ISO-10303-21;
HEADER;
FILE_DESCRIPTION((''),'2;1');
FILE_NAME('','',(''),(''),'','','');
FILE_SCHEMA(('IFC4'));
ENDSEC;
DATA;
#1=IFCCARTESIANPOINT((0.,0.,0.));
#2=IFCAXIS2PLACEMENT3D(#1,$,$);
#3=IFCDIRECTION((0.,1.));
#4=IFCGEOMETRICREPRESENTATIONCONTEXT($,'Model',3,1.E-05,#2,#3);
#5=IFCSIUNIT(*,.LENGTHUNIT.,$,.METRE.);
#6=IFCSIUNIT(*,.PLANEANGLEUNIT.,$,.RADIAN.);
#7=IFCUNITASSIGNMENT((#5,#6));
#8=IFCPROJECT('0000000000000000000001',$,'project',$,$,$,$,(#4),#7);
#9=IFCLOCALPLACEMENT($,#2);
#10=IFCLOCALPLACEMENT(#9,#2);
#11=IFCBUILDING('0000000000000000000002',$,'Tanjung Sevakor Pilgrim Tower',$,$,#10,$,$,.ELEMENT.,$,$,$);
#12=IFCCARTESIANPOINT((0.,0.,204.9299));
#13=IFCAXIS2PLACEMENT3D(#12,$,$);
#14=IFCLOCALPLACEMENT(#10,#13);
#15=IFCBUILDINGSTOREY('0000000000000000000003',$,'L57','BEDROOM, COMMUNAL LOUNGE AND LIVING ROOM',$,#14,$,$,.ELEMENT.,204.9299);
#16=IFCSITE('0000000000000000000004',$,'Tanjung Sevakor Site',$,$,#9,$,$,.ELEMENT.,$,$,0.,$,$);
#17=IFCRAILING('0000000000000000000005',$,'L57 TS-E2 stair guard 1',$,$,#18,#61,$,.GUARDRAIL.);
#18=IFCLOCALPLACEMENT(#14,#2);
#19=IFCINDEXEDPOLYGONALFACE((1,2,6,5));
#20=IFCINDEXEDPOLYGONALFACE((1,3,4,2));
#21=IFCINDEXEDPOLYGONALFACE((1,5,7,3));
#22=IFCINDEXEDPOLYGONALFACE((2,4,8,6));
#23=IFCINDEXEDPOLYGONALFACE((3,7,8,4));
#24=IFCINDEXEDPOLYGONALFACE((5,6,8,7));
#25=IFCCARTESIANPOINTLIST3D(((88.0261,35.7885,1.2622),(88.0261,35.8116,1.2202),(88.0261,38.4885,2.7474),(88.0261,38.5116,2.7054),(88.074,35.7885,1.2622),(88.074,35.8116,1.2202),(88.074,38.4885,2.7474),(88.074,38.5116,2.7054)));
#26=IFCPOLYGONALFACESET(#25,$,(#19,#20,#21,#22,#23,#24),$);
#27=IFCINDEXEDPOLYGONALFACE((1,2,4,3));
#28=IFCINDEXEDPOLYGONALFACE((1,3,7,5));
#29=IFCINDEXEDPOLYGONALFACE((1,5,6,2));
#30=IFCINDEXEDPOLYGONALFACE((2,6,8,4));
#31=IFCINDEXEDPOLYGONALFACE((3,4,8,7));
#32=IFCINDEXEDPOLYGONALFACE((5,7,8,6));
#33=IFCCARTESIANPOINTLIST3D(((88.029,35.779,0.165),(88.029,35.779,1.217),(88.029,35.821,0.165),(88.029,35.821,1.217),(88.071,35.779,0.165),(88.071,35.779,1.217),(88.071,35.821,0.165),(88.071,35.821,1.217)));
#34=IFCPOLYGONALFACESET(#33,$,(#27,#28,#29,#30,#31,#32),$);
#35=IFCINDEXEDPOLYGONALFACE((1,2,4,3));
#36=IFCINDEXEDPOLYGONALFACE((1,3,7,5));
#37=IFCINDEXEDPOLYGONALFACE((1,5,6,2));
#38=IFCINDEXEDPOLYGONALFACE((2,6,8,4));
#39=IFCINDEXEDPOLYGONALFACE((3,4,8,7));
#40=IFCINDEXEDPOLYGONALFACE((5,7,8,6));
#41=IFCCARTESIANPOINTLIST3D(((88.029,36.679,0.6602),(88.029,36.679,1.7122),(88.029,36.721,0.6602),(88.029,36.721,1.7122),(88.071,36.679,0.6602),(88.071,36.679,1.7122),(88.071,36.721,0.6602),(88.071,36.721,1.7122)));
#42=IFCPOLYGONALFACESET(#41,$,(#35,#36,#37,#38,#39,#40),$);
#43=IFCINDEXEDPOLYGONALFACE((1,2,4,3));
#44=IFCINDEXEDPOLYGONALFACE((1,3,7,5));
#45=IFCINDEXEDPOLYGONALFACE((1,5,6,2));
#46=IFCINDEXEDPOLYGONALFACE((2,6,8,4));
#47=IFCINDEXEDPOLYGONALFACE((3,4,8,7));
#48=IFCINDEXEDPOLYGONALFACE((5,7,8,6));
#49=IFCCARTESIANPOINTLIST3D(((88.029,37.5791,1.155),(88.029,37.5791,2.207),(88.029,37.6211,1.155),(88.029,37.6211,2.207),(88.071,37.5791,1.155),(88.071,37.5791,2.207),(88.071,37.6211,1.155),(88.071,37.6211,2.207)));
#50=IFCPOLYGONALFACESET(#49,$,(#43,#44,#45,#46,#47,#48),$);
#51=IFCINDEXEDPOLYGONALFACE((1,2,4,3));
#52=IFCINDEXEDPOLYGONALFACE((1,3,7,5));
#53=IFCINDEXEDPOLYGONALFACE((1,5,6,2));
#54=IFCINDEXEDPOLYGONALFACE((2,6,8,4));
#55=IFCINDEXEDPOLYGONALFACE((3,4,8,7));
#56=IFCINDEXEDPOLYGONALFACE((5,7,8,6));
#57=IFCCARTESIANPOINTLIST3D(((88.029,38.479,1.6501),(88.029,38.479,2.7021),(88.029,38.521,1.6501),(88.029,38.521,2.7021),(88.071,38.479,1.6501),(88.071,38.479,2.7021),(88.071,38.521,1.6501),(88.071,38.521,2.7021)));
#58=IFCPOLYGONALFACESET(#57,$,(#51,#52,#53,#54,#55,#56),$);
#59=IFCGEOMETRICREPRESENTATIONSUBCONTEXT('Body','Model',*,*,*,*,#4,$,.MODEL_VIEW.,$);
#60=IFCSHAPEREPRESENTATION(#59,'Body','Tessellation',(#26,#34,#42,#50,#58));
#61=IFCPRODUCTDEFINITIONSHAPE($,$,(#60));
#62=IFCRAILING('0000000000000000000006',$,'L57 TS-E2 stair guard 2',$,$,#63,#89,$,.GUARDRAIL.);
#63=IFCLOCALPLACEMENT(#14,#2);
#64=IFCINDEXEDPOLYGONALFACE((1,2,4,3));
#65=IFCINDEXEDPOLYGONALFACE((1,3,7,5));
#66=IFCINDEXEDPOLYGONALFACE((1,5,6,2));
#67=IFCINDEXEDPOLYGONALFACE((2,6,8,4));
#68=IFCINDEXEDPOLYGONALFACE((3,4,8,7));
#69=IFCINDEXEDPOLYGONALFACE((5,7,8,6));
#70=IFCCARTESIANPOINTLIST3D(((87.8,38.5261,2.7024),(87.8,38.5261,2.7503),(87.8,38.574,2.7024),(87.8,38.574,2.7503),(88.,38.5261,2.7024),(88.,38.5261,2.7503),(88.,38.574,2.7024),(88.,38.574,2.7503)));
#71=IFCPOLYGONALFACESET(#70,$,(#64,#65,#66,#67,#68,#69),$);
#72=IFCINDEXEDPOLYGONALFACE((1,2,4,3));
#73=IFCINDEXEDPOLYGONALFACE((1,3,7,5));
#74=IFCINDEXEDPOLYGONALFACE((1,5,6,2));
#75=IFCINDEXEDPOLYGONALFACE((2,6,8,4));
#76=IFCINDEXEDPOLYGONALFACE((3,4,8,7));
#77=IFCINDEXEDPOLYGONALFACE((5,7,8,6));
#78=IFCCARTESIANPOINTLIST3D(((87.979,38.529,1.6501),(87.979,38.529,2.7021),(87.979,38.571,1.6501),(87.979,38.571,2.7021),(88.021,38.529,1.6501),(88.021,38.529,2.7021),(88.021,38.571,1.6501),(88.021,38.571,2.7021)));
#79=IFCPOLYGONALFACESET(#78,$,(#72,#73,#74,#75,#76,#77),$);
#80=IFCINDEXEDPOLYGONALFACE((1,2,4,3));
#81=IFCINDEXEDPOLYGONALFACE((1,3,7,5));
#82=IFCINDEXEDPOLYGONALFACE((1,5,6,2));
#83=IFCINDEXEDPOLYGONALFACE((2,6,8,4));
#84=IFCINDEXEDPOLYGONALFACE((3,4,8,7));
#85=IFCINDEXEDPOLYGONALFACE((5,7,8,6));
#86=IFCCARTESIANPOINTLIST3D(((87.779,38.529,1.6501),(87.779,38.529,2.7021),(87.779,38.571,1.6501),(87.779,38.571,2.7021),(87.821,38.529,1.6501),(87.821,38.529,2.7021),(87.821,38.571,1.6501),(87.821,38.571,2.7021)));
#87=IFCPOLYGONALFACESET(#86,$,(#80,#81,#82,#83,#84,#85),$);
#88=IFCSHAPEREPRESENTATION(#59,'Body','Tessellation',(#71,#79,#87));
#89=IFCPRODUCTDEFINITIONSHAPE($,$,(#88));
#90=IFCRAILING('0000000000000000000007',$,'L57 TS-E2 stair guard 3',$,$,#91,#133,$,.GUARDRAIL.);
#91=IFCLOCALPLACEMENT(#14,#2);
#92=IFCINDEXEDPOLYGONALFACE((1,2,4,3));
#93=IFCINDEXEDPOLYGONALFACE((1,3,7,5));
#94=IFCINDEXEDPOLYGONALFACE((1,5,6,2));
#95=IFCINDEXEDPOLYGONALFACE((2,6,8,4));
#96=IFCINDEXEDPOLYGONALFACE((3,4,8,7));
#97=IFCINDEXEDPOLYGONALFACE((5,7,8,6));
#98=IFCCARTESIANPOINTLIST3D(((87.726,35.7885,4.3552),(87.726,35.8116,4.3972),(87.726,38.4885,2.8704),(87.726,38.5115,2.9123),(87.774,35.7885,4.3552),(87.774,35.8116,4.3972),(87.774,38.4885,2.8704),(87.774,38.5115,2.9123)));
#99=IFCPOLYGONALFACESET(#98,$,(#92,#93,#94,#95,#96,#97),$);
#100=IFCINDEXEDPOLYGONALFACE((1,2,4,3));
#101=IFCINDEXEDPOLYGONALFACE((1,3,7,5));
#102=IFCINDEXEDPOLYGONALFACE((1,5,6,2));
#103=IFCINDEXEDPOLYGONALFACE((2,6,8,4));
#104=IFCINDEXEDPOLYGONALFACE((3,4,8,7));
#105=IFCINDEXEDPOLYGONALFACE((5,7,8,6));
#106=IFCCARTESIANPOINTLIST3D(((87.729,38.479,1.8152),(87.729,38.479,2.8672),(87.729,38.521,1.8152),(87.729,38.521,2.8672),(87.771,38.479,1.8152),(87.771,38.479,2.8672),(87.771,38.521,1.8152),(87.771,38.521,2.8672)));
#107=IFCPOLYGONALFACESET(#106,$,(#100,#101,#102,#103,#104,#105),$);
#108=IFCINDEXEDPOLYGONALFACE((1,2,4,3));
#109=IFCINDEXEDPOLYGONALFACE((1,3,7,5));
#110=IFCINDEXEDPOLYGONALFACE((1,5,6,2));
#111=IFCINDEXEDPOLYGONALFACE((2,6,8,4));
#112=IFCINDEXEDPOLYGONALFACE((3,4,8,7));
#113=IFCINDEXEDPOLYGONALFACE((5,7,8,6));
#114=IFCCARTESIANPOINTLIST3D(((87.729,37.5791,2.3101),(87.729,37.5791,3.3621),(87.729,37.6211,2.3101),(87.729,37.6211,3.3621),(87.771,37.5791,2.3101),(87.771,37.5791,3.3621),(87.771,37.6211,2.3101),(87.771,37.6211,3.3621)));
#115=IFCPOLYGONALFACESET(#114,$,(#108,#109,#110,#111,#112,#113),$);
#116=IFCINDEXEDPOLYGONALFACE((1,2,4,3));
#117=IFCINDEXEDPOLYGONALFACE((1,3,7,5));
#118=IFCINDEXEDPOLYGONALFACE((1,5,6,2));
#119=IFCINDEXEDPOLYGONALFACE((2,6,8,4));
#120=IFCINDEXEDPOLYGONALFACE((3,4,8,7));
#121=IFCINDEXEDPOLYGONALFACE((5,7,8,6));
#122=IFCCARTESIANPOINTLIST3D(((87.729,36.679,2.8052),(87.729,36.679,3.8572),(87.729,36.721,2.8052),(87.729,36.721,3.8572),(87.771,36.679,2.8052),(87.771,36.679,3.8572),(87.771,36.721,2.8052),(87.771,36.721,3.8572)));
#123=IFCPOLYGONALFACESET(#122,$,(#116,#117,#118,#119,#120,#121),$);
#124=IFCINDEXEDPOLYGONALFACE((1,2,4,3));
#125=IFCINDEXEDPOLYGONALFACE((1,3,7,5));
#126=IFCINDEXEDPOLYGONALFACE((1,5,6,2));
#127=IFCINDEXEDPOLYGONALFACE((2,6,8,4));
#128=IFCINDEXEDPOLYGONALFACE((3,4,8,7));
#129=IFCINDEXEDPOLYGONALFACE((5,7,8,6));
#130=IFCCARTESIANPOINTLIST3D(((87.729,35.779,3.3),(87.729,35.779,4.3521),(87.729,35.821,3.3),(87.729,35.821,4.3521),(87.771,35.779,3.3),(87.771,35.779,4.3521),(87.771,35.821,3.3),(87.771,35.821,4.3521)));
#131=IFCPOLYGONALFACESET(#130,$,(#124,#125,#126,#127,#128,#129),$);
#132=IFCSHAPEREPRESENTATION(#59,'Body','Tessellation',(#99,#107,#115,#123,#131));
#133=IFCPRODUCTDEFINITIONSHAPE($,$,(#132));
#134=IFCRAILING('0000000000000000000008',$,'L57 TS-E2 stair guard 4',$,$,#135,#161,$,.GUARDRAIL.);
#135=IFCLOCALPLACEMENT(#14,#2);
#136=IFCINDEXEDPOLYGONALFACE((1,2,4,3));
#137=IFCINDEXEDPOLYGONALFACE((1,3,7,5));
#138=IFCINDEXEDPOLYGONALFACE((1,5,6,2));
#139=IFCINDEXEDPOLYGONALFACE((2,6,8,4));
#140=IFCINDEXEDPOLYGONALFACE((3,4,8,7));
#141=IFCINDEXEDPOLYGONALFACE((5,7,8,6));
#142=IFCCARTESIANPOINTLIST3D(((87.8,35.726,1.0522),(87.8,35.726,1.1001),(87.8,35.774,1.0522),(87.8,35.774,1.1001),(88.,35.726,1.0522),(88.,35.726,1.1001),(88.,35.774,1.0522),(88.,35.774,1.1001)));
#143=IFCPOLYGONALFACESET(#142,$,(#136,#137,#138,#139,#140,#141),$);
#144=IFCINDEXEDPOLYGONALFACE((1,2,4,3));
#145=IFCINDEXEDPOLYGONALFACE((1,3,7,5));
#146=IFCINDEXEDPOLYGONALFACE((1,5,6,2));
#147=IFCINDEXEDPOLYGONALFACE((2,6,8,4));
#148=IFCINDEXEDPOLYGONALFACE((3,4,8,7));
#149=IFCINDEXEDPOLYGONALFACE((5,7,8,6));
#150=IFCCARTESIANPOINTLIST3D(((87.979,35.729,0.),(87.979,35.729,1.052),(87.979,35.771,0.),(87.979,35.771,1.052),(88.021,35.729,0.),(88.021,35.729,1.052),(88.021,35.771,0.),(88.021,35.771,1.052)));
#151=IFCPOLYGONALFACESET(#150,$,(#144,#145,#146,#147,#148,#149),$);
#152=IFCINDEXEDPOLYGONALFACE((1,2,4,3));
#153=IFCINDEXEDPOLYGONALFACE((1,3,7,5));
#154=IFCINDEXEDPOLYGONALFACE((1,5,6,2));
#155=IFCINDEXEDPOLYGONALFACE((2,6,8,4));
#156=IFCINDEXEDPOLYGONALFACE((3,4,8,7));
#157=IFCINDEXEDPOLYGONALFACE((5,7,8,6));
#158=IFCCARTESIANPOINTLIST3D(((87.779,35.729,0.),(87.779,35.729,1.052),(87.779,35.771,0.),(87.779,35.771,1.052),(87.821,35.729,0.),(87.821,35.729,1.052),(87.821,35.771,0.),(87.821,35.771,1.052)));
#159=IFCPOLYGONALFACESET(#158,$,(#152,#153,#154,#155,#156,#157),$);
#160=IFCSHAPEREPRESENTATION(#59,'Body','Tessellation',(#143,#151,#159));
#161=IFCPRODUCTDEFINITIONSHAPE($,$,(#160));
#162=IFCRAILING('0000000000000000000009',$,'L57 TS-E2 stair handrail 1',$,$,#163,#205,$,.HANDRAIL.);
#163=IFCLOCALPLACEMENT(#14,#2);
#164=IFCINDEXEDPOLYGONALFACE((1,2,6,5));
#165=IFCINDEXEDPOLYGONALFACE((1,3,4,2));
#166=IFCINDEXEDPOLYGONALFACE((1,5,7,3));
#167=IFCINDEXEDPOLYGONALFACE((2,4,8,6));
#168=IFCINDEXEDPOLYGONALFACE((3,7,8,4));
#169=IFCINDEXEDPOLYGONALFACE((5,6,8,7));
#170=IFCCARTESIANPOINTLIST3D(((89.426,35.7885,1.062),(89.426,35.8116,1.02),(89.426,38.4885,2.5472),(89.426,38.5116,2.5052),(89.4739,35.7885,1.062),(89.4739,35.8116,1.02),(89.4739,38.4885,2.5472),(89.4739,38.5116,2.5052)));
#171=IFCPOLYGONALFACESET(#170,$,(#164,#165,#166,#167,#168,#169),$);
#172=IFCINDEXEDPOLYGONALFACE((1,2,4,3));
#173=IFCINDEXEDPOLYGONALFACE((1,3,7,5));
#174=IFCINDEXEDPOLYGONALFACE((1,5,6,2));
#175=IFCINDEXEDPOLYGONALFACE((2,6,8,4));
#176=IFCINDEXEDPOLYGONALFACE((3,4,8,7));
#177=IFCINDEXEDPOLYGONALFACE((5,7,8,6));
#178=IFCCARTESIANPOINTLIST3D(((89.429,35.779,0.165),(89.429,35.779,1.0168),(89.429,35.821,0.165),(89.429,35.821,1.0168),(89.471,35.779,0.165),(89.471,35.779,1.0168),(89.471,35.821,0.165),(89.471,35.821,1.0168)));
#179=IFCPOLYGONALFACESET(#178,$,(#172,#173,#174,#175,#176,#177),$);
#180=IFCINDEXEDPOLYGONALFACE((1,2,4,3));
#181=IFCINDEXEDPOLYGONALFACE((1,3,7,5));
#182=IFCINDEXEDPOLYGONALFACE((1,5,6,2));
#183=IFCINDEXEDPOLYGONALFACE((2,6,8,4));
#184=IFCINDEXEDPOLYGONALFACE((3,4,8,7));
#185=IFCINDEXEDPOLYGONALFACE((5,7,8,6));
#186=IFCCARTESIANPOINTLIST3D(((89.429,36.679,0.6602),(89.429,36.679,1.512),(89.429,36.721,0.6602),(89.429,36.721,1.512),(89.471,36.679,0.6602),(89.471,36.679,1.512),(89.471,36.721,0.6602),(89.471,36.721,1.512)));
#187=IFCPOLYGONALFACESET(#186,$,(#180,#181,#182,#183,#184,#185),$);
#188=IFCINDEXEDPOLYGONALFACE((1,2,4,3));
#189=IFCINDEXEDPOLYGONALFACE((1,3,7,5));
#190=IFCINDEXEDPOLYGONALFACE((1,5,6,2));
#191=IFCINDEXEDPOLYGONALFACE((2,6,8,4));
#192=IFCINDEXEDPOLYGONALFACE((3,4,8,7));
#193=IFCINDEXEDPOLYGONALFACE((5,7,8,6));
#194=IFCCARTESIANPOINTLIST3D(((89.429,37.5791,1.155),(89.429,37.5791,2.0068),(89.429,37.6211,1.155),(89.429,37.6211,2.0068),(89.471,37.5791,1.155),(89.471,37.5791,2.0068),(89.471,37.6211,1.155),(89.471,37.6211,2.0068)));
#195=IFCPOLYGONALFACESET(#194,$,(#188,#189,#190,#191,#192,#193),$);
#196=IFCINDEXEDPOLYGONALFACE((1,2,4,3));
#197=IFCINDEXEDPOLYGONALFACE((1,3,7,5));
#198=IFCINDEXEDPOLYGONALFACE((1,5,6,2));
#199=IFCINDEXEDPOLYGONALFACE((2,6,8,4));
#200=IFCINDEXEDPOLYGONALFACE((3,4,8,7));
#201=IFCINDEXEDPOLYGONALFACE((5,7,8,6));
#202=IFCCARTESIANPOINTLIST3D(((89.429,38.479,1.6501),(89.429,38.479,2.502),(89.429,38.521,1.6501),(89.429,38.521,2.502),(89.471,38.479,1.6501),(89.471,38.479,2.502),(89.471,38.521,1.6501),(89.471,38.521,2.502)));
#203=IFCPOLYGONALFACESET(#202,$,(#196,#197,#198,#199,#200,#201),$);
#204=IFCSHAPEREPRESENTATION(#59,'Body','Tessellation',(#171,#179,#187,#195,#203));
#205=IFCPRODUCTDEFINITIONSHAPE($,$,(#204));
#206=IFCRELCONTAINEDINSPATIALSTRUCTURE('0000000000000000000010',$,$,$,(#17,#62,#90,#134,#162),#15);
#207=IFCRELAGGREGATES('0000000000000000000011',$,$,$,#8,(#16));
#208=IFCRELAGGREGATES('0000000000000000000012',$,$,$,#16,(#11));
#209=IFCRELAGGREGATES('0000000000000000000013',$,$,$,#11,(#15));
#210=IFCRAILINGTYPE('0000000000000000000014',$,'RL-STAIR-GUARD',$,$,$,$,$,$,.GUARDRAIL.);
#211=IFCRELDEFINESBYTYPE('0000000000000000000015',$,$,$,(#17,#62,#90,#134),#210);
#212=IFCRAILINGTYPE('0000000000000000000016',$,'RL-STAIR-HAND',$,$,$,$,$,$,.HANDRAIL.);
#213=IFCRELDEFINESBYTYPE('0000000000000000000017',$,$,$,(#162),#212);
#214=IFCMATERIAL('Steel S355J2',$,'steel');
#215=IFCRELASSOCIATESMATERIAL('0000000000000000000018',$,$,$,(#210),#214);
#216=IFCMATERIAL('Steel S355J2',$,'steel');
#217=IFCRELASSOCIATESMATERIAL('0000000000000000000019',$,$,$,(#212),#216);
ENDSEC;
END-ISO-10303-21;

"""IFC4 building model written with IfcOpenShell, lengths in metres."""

from ifc_helpers import new_model, si_unit, direction, frame, origin, place, context, subcontext, project, spatial, rectangle, extrude, material, type_object, element, save


model = new_model("IFC4")

# Units and contexts
model_context = context("Model", 3, precision=1e-05, world=origin(), true_north=direction((0.0, 1.0)))
body_context = subcontext(model_context, "Body", "Model", "MODEL_VIEW")
ifc_project = project(units=[si_unit("LENGTHUNIT", "METRE"), si_unit("PLANEANGLEUNIT", "RADIAN")], contexts=[model_context])

# Site, building, storey
site_placement = place(None, origin())
site = spatial("IfcSite", under=ifc_project, at=site_placement, Name="Tanjung Sevakor Site", CompositionType="ELEMENT", RefElevation=0.0)
building_placement = place(site_placement, origin())
building = spatial("IfcBuilding", under=site, at=building_placement, Name="Tanjung Sevakor Pilgrim Tower", CompositionType="ELEMENT")
storey_placement = place(building_placement, frame((0.0, 0.0, 204.9299)))
storey = spatial("IfcBuildingStorey", under=building, at=storey_placement, Name="L57", Description="BEDROOM, COMMUNAL LOUNGE AND LIVING ROOM", CompositionType="ELEMENT", Elevation=204.9299)

# Railings
ifc_material_1 = material(Name="Steel S355J2", Category="steel")
railing_type_1 = type_object("IfcRailingType", Name="RL-STAIR-GUARD", PredefinedType="GUARDRAIL", material=ifc_material_1)
railing_1_placement = place(storey_placement, frame((88.05, 35.8, 0.165)))
element("IfcRailing", 1, at=railing_1_placement, inside=storey, type_object=railing_type_1, Name="L57 TS-E2 stair guard 1", PredefinedType="GUARDRAIL", context=body_context, shape_type="SweptSolid", body=[
    extrude(rectangle(XDim=0.0479, YDim=0.0479), frame((0.0, 0.0, 1.0762), z_axis=(0.0, 0.876198, 0.481952), x_axis=(-1.0, 0.0, 0.0)), (0.0, 0.0, 1.0), 3.0815),
    extrude(rectangle(XDim=0.042, YDim=0.042), origin(), (0.0, 0.0, 1.0), 1.052),
    extrude(rectangle(XDim=0.042, YDim=0.042), frame((0.0, 0.8999, 0.4951)), (0.0, 0.0, 1.0), 1.052),
    extrude(rectangle(XDim=0.042, YDim=0.042), frame((0.0, 1.8, 0.99)), (0.0, 0.0, 1.0), 1.052),
    extrude(rectangle(XDim=0.042, YDim=0.042), frame((0.0, 2.7, 1.4851)), (0.0, 0.0, 1.0), 1.052),
])
railing_2_placement = place(storey_placement, frame((88.0, 38.55, 1.6501)))
element("IfcRailing", 2, at=railing_2_placement, inside=storey, type_object=railing_type_1, Name="L57 TS-E2 stair guard 2", PredefinedType="GUARDRAIL", context=body_context, shape_type="SweptSolid", body=[
    extrude(rectangle(XDim=0.0479, YDim=0.0479), frame((0.0, 0.0, 1.0762), z_axis=(-1.0, 0.0, 0.0), x_axis=(0.0, -1.0, 0.0)), (0.0, 0.0, 1.0), 0.2),
    extrude(rectangle(XDim=0.042, YDim=0.042), origin(), (0.0, 0.0, 1.0), 1.052),
    extrude(rectangle(XDim=0.042, YDim=0.042), frame((-0.2, 0.0, 0.0)), (0.0, 0.0, 1.0), 1.052),
])
railing_3_placement = place(storey_placement, frame((87.75, 38.5, 1.8152)))
element("IfcRailing", 3, at=railing_3_placement, inside=storey, type_object=railing_type_1, Name="L57 TS-E2 stair guard 3", PredefinedType="GUARDRAIL", context=body_context, shape_type="SweptSolid", body=[
    extrude(rectangle(XDim=0.0479, YDim=0.0479), frame((0.0, 0.0, 1.0762), z_axis=(0.0, -0.876231, 0.481891), x_axis=(1.0, 0.0, 0.0)), (0.0, 0.0, 1.0), 3.0813),
    extrude(rectangle(XDim=0.042, YDim=0.042), origin(), (0.0, 0.0, 1.0), 1.052),
    extrude(rectangle(XDim=0.042, YDim=0.042), frame((0.0, -0.8999, 0.4949)), (0.0, 0.0, 1.0), 1.052),
    extrude(rectangle(XDim=0.042, YDim=0.042), frame((0.0, -1.8, 0.99)), (0.0, 0.0, 1.0), 1.052),
    extrude(rectangle(XDim=0.042, YDim=0.042), frame((0.0, -2.7, 1.4849)), (0.0, 0.0, 1.0), 1.052),
])
railing_4_placement = place(storey_placement, frame((88.0, 35.75, 0.0)))
element("IfcRailing", 4, at=railing_4_placement, inside=storey, type_object=railing_type_1, Name="L57 TS-E2 stair guard 4", PredefinedType="GUARDRAIL", context=body_context, shape_type="SweptSolid", body=[
    extrude(rectangle(XDim=0.0479, YDim=0.0479), frame((0.0, 0.0, 1.0762), z_axis=(-1.0, 0.0, 0.0), x_axis=(0.0, -1.0, 0.0)), (0.0, 0.0, 1.0), 0.2),
    extrude(rectangle(XDim=0.042, YDim=0.042), origin(), (0.0, 0.0, 1.0), 1.052),
    extrude(rectangle(XDim=0.042, YDim=0.042), frame((-0.2, 0.0, 0.0)), (0.0, 0.0, 1.0), 1.052),
])
ifc_material_2 = material(Name="Steel S355J2", Category="steel")
railing_type_2 = type_object("IfcRailingType", Name="RL-STAIR-HAND", PredefinedType="HANDRAIL", material=ifc_material_2)
railing_5_placement = place(storey_placement, frame((89.45, 35.8, 0.165)))
element("IfcRailing", 5, at=railing_5_placement, inside=storey, type_object=railing_type_2, Name="L57 TS-E2 stair handrail 1", PredefinedType="HANDRAIL", context=body_context, shape_type="SweptSolid", body=[
    extrude(rectangle(XDim=0.0479, YDim=0.0479), frame((0.0, 0.0, 0.876), z_axis=(0.0, 0.876198, 0.481952), x_axis=(-1.0, 0.0, 0.0)), (0.0, 0.0, 1.0), 3.0815),
    extrude(rectangle(XDim=0.042, YDim=0.042), origin(), (0.0, 0.0, 1.0), 0.8518),
    extrude(rectangle(XDim=0.042, YDim=0.042), frame((0.0, 0.8999, 0.4951)), (0.0, 0.0, 1.0), 0.8518),
    extrude(rectangle(XDim=0.042, YDim=0.042), frame((0.0, 1.8, 0.99)), (0.0, 0.0, 1.0), 0.8518),
    extrude(rectangle(XDim=0.042, YDim=0.042), frame((0.0, 2.7, 1.4851)), (0.0, 0.0, 1.0), 0.8518),
])

save(model, "model.ifc")
